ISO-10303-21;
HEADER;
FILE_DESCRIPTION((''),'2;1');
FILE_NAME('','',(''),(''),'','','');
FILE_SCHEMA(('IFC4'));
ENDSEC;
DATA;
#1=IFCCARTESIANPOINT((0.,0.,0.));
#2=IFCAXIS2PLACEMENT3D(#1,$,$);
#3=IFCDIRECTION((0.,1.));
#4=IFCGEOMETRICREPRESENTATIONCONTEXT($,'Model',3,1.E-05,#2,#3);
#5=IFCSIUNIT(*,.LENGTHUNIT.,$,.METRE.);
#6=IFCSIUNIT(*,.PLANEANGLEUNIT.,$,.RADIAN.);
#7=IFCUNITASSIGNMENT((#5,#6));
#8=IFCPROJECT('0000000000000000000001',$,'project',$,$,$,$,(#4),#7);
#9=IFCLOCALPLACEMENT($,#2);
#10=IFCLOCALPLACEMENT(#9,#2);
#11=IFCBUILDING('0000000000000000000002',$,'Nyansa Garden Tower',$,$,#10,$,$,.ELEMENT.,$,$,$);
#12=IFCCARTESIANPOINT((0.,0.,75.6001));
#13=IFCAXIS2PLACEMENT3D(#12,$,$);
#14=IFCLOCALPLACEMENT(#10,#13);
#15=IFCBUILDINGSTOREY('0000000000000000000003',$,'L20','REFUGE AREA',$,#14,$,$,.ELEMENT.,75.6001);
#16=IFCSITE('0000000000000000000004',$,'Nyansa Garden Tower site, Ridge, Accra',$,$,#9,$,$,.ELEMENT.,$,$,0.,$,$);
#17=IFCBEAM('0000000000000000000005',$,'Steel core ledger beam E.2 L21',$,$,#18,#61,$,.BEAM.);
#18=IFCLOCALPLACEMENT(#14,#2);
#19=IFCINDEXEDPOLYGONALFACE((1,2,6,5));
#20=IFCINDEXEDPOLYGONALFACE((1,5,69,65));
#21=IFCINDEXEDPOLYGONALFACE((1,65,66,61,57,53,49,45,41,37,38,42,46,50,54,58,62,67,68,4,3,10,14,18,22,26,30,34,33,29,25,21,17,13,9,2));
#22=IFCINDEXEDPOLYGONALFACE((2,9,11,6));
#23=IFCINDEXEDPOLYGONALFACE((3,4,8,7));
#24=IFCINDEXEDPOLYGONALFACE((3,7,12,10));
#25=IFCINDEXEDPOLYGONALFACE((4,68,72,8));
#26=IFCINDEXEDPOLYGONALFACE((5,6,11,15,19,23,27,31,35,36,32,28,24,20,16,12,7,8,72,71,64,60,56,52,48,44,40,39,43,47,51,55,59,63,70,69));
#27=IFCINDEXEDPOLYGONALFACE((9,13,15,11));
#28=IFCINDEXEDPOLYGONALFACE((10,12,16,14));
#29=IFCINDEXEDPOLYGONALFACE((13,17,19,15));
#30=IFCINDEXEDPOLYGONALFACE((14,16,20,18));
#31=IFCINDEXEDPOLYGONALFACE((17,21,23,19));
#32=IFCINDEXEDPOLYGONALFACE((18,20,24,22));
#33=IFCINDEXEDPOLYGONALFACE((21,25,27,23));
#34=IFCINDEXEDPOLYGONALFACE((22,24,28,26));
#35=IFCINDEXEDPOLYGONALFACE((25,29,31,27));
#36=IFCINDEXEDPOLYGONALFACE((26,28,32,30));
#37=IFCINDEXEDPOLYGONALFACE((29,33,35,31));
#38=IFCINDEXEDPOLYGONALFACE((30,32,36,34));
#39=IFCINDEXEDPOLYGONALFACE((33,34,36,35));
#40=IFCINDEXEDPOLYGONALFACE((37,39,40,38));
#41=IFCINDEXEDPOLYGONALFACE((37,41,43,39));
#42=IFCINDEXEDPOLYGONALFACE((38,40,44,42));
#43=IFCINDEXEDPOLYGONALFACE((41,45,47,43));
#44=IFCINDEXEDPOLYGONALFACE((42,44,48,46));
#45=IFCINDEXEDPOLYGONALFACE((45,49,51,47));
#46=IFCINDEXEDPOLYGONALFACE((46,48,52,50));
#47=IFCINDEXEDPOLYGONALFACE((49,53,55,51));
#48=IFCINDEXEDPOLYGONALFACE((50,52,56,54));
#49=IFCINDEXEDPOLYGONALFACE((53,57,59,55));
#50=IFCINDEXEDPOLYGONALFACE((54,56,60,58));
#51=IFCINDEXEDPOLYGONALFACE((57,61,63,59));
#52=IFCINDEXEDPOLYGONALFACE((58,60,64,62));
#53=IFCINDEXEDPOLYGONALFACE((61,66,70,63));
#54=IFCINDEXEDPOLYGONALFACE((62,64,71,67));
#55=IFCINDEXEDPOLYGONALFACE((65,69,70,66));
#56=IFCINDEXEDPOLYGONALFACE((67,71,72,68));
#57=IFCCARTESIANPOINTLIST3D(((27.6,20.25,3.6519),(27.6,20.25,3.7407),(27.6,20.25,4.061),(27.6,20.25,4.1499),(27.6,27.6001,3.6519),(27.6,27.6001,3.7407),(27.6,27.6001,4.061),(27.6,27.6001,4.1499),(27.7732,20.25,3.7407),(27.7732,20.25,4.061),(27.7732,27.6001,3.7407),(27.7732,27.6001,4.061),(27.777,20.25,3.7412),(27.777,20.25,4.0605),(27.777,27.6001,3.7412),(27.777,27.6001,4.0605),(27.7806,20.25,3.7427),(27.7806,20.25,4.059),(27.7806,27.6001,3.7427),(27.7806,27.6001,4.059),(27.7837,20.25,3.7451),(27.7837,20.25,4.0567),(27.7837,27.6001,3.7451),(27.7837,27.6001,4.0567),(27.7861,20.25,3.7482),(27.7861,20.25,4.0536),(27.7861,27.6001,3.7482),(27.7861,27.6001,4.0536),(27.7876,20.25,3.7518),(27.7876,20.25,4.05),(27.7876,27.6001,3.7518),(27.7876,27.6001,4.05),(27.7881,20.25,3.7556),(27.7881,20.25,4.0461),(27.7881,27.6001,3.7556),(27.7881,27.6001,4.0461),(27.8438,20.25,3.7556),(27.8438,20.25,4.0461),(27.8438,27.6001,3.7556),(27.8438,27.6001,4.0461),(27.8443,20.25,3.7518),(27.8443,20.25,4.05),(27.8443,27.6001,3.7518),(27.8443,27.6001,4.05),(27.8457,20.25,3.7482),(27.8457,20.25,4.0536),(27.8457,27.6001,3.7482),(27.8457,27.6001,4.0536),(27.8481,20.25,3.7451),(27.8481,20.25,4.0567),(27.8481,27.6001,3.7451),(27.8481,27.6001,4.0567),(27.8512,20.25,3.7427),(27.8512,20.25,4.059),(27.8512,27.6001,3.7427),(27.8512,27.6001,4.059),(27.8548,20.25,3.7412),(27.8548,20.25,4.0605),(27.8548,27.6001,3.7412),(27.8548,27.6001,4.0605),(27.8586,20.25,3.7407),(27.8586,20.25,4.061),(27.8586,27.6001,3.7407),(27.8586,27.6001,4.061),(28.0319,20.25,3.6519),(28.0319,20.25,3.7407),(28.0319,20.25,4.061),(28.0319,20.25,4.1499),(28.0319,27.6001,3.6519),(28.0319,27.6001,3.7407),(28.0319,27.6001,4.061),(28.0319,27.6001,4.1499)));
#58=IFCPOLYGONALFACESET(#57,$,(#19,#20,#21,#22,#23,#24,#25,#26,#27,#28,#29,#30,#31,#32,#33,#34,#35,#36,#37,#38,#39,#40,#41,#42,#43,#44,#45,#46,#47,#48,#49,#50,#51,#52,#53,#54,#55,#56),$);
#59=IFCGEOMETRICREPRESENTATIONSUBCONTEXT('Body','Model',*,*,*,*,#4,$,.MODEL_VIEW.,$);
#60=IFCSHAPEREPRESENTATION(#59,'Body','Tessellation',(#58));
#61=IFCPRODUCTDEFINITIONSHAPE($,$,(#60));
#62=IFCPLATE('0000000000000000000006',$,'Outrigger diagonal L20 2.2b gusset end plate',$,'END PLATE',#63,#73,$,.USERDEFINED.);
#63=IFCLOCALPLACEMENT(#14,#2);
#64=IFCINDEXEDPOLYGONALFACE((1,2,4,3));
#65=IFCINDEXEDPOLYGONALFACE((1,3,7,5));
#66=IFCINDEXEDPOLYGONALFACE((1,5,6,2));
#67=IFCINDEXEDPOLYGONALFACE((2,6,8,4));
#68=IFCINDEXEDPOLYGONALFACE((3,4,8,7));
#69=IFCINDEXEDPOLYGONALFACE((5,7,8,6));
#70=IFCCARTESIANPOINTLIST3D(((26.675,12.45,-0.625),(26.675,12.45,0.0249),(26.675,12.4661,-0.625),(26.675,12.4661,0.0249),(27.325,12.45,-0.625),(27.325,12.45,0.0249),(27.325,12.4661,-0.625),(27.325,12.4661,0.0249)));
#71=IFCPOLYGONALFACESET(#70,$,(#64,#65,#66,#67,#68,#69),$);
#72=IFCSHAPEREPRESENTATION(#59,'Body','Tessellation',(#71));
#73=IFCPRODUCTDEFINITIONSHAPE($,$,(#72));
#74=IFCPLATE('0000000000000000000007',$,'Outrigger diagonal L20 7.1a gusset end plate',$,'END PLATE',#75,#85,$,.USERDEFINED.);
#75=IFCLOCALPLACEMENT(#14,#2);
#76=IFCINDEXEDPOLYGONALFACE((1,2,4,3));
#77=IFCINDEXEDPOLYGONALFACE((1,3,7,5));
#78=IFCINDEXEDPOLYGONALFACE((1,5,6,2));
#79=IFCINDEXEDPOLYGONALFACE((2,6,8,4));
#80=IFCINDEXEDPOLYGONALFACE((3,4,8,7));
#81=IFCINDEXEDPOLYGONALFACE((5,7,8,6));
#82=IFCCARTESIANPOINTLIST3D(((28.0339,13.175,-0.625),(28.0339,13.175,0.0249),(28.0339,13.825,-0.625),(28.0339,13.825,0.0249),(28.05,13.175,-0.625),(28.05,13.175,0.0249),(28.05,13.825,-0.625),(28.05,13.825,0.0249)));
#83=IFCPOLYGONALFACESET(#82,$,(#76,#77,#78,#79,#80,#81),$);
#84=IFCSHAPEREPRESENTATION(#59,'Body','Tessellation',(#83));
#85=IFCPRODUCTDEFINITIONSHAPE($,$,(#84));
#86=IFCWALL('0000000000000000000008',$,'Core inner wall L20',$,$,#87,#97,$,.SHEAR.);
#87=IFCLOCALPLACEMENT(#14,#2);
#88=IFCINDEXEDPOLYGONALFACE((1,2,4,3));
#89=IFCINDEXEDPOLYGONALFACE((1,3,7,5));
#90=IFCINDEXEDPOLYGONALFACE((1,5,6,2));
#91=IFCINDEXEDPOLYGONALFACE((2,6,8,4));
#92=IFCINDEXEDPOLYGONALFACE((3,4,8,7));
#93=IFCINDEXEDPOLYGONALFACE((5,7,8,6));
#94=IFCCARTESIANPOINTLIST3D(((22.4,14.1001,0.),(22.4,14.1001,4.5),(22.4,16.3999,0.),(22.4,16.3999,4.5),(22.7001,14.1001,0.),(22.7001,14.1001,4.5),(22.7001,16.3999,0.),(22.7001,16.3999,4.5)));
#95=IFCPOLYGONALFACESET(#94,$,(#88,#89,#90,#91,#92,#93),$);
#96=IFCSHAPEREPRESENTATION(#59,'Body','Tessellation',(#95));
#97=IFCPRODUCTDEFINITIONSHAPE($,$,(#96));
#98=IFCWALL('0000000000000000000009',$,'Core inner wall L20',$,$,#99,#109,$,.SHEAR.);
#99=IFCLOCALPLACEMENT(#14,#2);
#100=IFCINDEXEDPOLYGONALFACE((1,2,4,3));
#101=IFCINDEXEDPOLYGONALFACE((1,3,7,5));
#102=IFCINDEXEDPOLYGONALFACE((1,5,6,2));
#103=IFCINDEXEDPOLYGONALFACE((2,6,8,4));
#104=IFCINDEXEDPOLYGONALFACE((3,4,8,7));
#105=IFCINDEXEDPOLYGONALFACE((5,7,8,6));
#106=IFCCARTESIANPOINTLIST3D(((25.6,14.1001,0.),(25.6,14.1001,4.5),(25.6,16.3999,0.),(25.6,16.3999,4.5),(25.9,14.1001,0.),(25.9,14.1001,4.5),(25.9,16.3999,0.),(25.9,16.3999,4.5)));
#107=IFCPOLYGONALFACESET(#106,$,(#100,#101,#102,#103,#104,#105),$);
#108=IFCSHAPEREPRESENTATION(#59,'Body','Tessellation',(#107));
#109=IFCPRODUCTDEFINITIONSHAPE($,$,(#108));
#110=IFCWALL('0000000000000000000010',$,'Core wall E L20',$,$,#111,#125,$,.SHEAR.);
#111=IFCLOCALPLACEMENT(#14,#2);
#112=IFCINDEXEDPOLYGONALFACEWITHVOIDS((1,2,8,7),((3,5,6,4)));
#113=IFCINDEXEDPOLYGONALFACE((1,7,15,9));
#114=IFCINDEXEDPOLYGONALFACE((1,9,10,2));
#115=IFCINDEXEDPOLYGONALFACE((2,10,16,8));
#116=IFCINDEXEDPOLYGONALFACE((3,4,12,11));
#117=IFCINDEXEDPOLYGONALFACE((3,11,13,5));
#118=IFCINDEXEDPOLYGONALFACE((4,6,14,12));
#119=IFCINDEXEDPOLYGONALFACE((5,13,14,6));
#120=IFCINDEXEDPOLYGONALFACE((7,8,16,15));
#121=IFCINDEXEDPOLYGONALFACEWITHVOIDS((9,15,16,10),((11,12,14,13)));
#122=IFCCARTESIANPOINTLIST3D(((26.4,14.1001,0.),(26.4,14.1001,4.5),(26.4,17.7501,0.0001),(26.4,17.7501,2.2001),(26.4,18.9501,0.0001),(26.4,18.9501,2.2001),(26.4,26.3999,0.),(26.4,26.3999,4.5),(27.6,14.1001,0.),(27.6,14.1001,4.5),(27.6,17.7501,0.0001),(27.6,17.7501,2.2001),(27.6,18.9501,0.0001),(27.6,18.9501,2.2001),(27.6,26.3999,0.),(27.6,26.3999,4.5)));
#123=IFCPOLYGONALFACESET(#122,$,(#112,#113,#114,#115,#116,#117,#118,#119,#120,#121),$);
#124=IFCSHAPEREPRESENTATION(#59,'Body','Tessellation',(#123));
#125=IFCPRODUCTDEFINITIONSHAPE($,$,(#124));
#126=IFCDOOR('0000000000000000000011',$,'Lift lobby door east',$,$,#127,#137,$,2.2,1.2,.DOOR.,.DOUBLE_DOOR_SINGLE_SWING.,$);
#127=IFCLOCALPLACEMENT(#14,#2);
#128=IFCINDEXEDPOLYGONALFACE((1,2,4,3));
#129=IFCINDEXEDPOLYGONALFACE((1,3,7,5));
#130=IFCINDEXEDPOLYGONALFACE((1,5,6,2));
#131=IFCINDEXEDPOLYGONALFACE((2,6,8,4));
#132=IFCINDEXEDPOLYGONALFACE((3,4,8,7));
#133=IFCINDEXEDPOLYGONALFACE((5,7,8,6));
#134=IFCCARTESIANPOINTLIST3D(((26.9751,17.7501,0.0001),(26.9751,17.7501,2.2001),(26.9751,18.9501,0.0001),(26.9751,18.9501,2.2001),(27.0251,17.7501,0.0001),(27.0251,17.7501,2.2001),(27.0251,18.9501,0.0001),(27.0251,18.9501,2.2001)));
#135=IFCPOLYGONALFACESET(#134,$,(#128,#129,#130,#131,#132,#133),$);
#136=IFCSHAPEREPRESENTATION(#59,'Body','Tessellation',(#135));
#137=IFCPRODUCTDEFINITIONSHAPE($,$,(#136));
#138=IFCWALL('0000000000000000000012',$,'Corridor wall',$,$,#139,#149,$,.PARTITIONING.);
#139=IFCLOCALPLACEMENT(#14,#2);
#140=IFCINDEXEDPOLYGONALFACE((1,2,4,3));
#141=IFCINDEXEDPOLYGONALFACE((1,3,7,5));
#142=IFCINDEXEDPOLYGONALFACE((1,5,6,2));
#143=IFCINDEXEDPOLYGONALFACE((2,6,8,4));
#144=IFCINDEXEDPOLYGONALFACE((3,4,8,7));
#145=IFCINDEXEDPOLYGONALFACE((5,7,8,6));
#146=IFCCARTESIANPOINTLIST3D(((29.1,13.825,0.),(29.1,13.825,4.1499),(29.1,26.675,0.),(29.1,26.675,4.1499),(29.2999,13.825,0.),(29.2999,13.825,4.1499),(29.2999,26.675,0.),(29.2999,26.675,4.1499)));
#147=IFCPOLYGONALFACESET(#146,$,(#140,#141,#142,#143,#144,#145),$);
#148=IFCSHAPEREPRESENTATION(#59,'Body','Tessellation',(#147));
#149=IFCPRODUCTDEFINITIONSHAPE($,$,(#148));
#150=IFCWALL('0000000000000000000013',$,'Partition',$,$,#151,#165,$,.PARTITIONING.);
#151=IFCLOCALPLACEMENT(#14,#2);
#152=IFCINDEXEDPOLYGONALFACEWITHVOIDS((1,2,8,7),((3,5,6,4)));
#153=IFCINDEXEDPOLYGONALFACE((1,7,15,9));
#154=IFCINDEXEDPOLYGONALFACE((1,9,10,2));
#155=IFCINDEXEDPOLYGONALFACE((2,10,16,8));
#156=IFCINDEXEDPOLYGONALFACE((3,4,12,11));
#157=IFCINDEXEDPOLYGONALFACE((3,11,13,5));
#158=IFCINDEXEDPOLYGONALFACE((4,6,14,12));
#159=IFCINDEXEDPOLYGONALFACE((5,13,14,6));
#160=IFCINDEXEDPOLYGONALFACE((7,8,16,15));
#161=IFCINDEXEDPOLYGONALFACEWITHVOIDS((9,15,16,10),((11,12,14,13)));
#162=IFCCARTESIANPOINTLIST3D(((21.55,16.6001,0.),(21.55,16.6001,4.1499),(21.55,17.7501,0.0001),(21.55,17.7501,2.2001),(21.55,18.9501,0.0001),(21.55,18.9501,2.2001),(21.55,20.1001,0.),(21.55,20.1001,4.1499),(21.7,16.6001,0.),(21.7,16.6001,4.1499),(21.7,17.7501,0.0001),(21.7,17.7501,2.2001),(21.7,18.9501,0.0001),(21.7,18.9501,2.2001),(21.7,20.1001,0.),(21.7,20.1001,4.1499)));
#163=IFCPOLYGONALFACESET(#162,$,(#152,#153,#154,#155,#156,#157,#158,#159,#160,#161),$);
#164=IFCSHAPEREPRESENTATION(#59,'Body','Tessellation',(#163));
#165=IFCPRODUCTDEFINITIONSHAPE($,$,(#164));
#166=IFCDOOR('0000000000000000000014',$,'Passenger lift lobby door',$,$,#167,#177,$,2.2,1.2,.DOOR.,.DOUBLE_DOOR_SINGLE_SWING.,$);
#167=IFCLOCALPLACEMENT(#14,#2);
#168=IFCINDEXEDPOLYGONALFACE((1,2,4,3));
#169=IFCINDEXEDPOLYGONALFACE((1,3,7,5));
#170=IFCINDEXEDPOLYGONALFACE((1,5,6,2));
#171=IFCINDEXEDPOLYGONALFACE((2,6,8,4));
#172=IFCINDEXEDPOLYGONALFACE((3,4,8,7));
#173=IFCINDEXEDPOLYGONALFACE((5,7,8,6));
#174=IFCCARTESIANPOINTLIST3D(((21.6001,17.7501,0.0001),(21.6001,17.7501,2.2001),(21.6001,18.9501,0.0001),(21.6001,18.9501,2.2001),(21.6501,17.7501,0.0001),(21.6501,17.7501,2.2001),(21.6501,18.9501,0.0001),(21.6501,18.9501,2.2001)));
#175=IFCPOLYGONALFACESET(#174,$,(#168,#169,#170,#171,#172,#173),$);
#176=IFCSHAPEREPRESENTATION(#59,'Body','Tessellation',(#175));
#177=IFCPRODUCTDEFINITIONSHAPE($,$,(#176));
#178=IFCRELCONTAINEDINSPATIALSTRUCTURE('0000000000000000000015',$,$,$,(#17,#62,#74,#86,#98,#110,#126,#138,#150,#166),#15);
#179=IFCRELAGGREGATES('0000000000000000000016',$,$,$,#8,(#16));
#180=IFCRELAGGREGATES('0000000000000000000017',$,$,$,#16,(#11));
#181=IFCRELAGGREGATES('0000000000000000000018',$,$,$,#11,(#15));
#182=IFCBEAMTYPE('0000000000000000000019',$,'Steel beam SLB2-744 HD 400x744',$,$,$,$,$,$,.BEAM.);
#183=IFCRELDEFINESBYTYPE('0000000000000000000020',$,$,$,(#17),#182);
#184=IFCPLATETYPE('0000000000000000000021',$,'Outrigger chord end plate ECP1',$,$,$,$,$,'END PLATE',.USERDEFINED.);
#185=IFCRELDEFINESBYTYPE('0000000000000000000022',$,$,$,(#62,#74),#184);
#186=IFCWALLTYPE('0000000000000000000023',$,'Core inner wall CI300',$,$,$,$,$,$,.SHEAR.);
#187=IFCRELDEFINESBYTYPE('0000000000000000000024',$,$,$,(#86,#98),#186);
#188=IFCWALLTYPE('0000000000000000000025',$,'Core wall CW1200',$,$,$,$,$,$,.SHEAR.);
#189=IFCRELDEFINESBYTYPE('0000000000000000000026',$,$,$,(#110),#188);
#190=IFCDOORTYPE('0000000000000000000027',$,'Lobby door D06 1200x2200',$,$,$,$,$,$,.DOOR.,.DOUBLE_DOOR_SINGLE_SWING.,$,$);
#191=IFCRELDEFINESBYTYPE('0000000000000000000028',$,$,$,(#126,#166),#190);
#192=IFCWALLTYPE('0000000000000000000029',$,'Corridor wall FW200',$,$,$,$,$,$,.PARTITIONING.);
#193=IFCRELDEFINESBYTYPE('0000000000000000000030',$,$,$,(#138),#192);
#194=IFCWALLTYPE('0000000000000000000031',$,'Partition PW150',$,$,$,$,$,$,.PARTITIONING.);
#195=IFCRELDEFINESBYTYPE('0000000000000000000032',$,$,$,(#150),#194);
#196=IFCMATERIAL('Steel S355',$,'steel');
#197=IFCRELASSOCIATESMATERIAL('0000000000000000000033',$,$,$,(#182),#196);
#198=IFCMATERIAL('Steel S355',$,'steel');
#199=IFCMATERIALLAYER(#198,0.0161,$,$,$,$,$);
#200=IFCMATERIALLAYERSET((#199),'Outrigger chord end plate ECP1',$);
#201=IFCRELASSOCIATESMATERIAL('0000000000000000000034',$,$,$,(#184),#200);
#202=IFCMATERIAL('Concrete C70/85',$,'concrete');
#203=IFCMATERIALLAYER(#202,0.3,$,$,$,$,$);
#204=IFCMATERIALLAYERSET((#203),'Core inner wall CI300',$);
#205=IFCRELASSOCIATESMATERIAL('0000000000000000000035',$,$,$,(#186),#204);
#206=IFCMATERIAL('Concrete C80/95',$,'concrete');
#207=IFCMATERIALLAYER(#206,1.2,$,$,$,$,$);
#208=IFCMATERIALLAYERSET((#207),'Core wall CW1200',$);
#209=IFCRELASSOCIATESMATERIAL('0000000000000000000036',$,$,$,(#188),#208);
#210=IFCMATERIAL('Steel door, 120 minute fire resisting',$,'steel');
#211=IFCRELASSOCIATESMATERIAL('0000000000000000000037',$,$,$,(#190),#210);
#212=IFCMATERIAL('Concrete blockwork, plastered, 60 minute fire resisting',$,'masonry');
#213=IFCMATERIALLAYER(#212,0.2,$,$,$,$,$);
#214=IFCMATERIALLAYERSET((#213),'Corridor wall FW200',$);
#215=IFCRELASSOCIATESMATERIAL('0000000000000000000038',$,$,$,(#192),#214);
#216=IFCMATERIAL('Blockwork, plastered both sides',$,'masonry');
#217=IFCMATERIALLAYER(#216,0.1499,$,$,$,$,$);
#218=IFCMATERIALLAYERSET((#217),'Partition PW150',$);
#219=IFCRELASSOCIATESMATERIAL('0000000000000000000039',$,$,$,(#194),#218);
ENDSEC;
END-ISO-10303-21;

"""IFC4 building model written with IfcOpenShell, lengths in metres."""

from ifc_helpers import new_model, si_unit, direction, frame, frame_2d, origin, origin_2d, place, context, subcontext, project, spatial, rectangle, i_section, extrude, material, layer, layer_set, material_profile, profile_set, type_object, element, fill, save


model = new_model("IFC4")

# Units and contexts
model_context = context("Model", 3, precision=1e-05, world=origin(), true_north=direction((0.0, 1.0)))
body_context = subcontext(model_context, "Body", "Model", "MODEL_VIEW")
ifc_project = project(units=[si_unit("LENGTHUNIT", "METRE"), si_unit("PLANEANGLEUNIT", "RADIAN")], contexts=[model_context])

# Site, building, storey
site_placement = place(None, origin())
site = spatial("IfcSite", under=ifc_project, at=site_placement, Name="Nyansa Garden Tower site, Ridge, Accra", CompositionType="ELEMENT", RefElevation=0.0)
building_placement = place(site_placement, origin())
building = spatial("IfcBuilding", under=site, at=building_placement, Name="Nyansa Garden Tower", CompositionType="ELEMENT")
storey_placement = place(building_placement, frame((0.0, 0.0, 75.6001)))
storey = spatial("IfcBuildingStorey", under=building, at=storey_placement, Name="L20", Description="REFUGE AREA", CompositionType="ELEMENT", Elevation=75.6001)

# Beam
ifc_material_1 = material(Name="Steel S355", Category="steel")
ifc_material_profile_1 = material_profile(ifc_material_1, i_section(OverallWidth=0.4319, OverallDepth=0.498, WebThickness=0.0557, FlangeThickness=0.0889, FilletRadius=0.0149, at=origin_2d()), Name="HD 400x744")
ifc_profile_set_1 = profile_set([ifc_material_profile_1], Name="Steel S355")
beam_type_1 = type_object("IfcBeamType", Name="Steel beam SLB2-744 HD 400x744", PredefinedType="BEAM", material=ifc_profile_set_1)
for number, where, z_axis, x_axis, name in (
    (1, (27.8159, 20.25, 3.9009), (0.0, 1.0, 0.0), (-1.0, 0.0, 0.0), "Steel core ledger beam E.2 L21"),
):
    element("IfcBeam", number, at=place(storey_placement, frame(where, z_axis=z_axis, x_axis=x_axis)), inside=storey, type_object=beam_type_1, Name=name, PredefinedType="BEAM", context=body_context, shape_type="SweptSolid", body=[
        extrude(i_section(OverallWidth=0.4319, OverallDepth=0.498, WebThickness=0.0557, FlangeThickness=0.0889, FilletRadius=0.0149, at=origin_2d()), origin(), (0.0, 0.0, 1.0), 7.3501),
    ])

# Plates
ifc_material_2 = material(Name="Steel S355", Category="steel")
ifc_layer_1 = layer(ifc_material_2, 0.0161)
ifc_layer_set_1 = layer_set([ifc_layer_1], Name="Outrigger chord end plate ECP1")
plate_type = type_object("IfcPlateType", Name="Outrigger chord end plate ECP1", ElementType="END PLATE", PredefinedType="USERDEFINED", material=ifc_layer_set_1)
plate_1_placement = place(storey_placement, frame((27.0, 12.458, -0.625), z_axis=(0.0, 0.0, 1.0), x_axis=(1.0, 0.0, 0.0)))
element("IfcPlate", 2, at=plate_1_placement, inside=storey, type_object=plate_type, Name="Outrigger diagonal L20 2.2b gusset end plate", ObjectType="END PLATE", PredefinedType="USERDEFINED", context=body_context, shape_type="SweptSolid", body=[
    extrude(rectangle(XDim=0.6499, YDim=0.0161, at=origin_2d()), origin(), (0.0, 0.0, 1.0), 0.6499),
])
plate_2_placement = place(storey_placement, frame((28.042, 13.5, -0.625), z_axis=(0.0, 0.0, 1.0), x_axis=(1.0, 0.0, 0.0)))
element("IfcPlate", 3, at=plate_2_placement, inside=storey, type_object=plate_type, Name="Outrigger diagonal L20 7.1a gusset end plate", ObjectType="END PLATE", PredefinedType="USERDEFINED", context=body_context, shape_type="SweptSolid", body=[
    extrude(rectangle(XDim=0.0161, YDim=0.6499, at=origin_2d()), origin(), (0.0, 0.0, 1.0), 0.6499),
])

# Walls
ifc_material_3 = material(Name="Concrete C70/85", Category="concrete")
ifc_layer_2 = layer(ifc_material_3, 0.3)
ifc_layer_set_2 = layer_set([ifc_layer_2], Name="Core inner wall CI300")
wall_type_1 = type_object("IfcWallType", Name="Core inner wall CI300", PredefinedType="SHEAR", material=ifc_layer_set_2)
for number, where, z_axis, x_axis, name in (
    (4, (22.55, 14.1001, 0.0), (0.0, 0.0, 1.0), (0.0, 1.0, 0.0), "Core inner wall L20"),
    (5, (25.75, 14.1001, 0.0), (0.0, 0.0, 1.0), (0.0, 1.0, 0.0), "Core inner wall L20"),
):
    element("IfcWall", number, at=place(storey_placement, frame(where, z_axis=z_axis, x_axis=x_axis)), inside=storey, type_object=wall_type_1, Name=name, PredefinedType="SHEAR", context=body_context, shape_type="SweptSolid", body=[
        extrude(rectangle(XDim=2.2998, YDim=0.3, at=frame_2d((1.1499, 0.0))), origin(), (0.0, 0.0, 1.0), 4.5),
    ])

# Wall, opening, door
ifc_material_4 = material(Name="Concrete C80/95", Category="concrete")
ifc_layer_3 = layer(ifc_material_4, 1.2)
ifc_layer_set_3 = layer_set([ifc_layer_3], Name="Core wall CW1200")
wall_type_2 = type_object("IfcWallType", Name="Core wall CW1200", PredefinedType="SHEAR", material=ifc_layer_set_3)
wall_1_placement = place(storey_placement, frame((27.0, 14.1001, 0.0), z_axis=(0.0, 0.0, 1.0), x_axis=(0.0, 1.0, 0.0)))
wall_1 = element("IfcWall", 6, at=wall_1_placement, inside=storey, type_object=wall_type_2, Name="Core wall E L20", PredefinedType="SHEAR", context=body_context, shape_type="SweptSolid", body=[
    extrude(rectangle(XDim=12.2998, YDim=1.2, at=frame_2d((6.1499, 0.0))), origin(), (0.0, 0.0, 1.0), 4.5),
])
opening_1_placement = place(wall_1_placement, frame((3.6499, 0.0, 0.0)))
opening_1 = element("IfcOpeningElement", 7, at=opening_1_placement, cuts=wall_1, PredefinedType="OPENING", context=body_context, shape_type="SweptSolid", body=[
    extrude(rectangle(XDim=1.2, YDim=2.2, at=frame_2d((0.6001, 1.1001))), frame((0.0, 0.6099, 0.0), z_axis=(0.0, -1.0, 0.0), x_axis=(1.0, 0.0, 0.0)), (0.0, 0.0, 1.0), 1.22),
])
ifc_material_5 = material(Name="Steel door, 120 minute fire resisting", Category="steel")
door_type = type_object("IfcDoorType", Name="Lobby door D06 1200x2200", OperationType="DOUBLE_DOOR_SINGLE_SWING", PredefinedType="DOOR", material=ifc_material_5)
door_1_placement = place(opening_1_placement, origin())
door_1 = element("IfcDoor", 8, at=door_1_placement, inside=storey, type_object=door_type, Name="Lift lobby door east", OperationType="DOUBLE_DOOR_SINGLE_SWING", OverallHeight=2.2, OverallWidth=1.2, PredefinedType="DOOR", context=body_context, shape_type="SweptSolid", body=[
    extrude(rectangle(XDim=1.2, YDim=2.2, at=frame_2d((0.6001, 1.1001))), frame((0.0, 0.0249, 0.0), z_axis=(0.0, -1.0, 0.0), x_axis=(1.0, 0.0, 0.0)), (0.0, 0.0, 1.0), 0.05),
])
fill(opening_1, door_1)

# Wall
ifc_material_6 = material(Name="Concrete blockwork, plastered, 60 minute fire resisting", Category="masonry")
ifc_layer_4 = layer(ifc_material_6, 0.2)
ifc_layer_set_4 = layer_set([ifc_layer_4], Name="Corridor wall FW200")
wall_type_3 = type_object("IfcWallType", Name="Corridor wall FW200", PredefinedType="PARTITIONING", material=ifc_layer_set_4)
wall_2_placement = place(storey_placement, frame((29.2, 13.825, 0.0), z_axis=(0.0, 0.0, 1.0), x_axis=(0.0, 1.0, 0.0)))
element("IfcWall", 9, at=wall_2_placement, inside=storey, type_object=wall_type_3, Name="Corridor wall", PredefinedType="PARTITIONING", context=body_context, shape_type="SweptSolid", body=[
    extrude(rectangle(XDim=12.8501, YDim=0.2, at=frame_2d((6.425, 0.0))), origin(), (0.0, 0.0, 1.0), 4.1499),
])

# Wall, opening, door
ifc_material_7 = material(Name="Blockwork, plastered both sides", Category="masonry")
ifc_layer_5 = layer(ifc_material_7, 0.1499)
ifc_layer_set_5 = layer_set([ifc_layer_5], Name="Partition PW150")
wall_type_4 = type_object("IfcWallType", Name="Partition PW150", PredefinedType="PARTITIONING", material=ifc_layer_set_5)
wall_3_placement = place(storey_placement, frame((21.625, 16.6001, 0.0), z_axis=(0.0, 0.0, 1.0), x_axis=(0.0, 1.0, 0.0)))
wall_3 = element("IfcWall", 10, at=wall_3_placement, inside=storey, type_object=wall_type_4, Name="Partition", PredefinedType="PARTITIONING", context=body_context, shape_type="SweptSolid", body=[
    extrude(rectangle(XDim=3.5, YDim=0.1499, at=frame_2d((1.75, 0.0))), origin(), (0.0, 0.0, 1.0), 4.1499),
])
opening_2_placement = place(wall_3_placement, frame((1.1499, 0.0, 0.0)))
opening_2 = element("IfcOpeningElement", 11, at=opening_2_placement, cuts=wall_3, PredefinedType="OPENING", context=body_context, shape_type="SweptSolid", body=[
    extrude(rectangle(XDim=1.2, YDim=2.2, at=frame_2d((0.6001, 1.1001))), frame((0.0, 0.085, 0.0), z_axis=(0.0, -1.0, 0.0), x_axis=(1.0, 0.0, 0.0)), (0.0, 0.0, 1.0), 0.1699),
])
door_2_placement = place(opening_2_placement, origin())
door_2 = element("IfcDoor", 12, at=door_2_placement, inside=storey, type_object=door_type, Name="Passenger lift lobby door", OperationType="DOUBLE_DOOR_SINGLE_SWING", OverallHeight=2.2, OverallWidth=1.2, PredefinedType="DOOR", context=body_context, shape_type="SweptSolid", body=[
    extrude(rectangle(XDim=1.2, YDim=2.2, at=frame_2d((0.6001, 1.1001))), frame((0.0, 0.0249, 0.0), z_axis=(0.0, -1.0, 0.0), x_axis=(1.0, 0.0, 0.0)), (0.0, 0.0, 1.0), 0.05),
])
fill(opening_2, door_2)

save(model, "model.ifc")
